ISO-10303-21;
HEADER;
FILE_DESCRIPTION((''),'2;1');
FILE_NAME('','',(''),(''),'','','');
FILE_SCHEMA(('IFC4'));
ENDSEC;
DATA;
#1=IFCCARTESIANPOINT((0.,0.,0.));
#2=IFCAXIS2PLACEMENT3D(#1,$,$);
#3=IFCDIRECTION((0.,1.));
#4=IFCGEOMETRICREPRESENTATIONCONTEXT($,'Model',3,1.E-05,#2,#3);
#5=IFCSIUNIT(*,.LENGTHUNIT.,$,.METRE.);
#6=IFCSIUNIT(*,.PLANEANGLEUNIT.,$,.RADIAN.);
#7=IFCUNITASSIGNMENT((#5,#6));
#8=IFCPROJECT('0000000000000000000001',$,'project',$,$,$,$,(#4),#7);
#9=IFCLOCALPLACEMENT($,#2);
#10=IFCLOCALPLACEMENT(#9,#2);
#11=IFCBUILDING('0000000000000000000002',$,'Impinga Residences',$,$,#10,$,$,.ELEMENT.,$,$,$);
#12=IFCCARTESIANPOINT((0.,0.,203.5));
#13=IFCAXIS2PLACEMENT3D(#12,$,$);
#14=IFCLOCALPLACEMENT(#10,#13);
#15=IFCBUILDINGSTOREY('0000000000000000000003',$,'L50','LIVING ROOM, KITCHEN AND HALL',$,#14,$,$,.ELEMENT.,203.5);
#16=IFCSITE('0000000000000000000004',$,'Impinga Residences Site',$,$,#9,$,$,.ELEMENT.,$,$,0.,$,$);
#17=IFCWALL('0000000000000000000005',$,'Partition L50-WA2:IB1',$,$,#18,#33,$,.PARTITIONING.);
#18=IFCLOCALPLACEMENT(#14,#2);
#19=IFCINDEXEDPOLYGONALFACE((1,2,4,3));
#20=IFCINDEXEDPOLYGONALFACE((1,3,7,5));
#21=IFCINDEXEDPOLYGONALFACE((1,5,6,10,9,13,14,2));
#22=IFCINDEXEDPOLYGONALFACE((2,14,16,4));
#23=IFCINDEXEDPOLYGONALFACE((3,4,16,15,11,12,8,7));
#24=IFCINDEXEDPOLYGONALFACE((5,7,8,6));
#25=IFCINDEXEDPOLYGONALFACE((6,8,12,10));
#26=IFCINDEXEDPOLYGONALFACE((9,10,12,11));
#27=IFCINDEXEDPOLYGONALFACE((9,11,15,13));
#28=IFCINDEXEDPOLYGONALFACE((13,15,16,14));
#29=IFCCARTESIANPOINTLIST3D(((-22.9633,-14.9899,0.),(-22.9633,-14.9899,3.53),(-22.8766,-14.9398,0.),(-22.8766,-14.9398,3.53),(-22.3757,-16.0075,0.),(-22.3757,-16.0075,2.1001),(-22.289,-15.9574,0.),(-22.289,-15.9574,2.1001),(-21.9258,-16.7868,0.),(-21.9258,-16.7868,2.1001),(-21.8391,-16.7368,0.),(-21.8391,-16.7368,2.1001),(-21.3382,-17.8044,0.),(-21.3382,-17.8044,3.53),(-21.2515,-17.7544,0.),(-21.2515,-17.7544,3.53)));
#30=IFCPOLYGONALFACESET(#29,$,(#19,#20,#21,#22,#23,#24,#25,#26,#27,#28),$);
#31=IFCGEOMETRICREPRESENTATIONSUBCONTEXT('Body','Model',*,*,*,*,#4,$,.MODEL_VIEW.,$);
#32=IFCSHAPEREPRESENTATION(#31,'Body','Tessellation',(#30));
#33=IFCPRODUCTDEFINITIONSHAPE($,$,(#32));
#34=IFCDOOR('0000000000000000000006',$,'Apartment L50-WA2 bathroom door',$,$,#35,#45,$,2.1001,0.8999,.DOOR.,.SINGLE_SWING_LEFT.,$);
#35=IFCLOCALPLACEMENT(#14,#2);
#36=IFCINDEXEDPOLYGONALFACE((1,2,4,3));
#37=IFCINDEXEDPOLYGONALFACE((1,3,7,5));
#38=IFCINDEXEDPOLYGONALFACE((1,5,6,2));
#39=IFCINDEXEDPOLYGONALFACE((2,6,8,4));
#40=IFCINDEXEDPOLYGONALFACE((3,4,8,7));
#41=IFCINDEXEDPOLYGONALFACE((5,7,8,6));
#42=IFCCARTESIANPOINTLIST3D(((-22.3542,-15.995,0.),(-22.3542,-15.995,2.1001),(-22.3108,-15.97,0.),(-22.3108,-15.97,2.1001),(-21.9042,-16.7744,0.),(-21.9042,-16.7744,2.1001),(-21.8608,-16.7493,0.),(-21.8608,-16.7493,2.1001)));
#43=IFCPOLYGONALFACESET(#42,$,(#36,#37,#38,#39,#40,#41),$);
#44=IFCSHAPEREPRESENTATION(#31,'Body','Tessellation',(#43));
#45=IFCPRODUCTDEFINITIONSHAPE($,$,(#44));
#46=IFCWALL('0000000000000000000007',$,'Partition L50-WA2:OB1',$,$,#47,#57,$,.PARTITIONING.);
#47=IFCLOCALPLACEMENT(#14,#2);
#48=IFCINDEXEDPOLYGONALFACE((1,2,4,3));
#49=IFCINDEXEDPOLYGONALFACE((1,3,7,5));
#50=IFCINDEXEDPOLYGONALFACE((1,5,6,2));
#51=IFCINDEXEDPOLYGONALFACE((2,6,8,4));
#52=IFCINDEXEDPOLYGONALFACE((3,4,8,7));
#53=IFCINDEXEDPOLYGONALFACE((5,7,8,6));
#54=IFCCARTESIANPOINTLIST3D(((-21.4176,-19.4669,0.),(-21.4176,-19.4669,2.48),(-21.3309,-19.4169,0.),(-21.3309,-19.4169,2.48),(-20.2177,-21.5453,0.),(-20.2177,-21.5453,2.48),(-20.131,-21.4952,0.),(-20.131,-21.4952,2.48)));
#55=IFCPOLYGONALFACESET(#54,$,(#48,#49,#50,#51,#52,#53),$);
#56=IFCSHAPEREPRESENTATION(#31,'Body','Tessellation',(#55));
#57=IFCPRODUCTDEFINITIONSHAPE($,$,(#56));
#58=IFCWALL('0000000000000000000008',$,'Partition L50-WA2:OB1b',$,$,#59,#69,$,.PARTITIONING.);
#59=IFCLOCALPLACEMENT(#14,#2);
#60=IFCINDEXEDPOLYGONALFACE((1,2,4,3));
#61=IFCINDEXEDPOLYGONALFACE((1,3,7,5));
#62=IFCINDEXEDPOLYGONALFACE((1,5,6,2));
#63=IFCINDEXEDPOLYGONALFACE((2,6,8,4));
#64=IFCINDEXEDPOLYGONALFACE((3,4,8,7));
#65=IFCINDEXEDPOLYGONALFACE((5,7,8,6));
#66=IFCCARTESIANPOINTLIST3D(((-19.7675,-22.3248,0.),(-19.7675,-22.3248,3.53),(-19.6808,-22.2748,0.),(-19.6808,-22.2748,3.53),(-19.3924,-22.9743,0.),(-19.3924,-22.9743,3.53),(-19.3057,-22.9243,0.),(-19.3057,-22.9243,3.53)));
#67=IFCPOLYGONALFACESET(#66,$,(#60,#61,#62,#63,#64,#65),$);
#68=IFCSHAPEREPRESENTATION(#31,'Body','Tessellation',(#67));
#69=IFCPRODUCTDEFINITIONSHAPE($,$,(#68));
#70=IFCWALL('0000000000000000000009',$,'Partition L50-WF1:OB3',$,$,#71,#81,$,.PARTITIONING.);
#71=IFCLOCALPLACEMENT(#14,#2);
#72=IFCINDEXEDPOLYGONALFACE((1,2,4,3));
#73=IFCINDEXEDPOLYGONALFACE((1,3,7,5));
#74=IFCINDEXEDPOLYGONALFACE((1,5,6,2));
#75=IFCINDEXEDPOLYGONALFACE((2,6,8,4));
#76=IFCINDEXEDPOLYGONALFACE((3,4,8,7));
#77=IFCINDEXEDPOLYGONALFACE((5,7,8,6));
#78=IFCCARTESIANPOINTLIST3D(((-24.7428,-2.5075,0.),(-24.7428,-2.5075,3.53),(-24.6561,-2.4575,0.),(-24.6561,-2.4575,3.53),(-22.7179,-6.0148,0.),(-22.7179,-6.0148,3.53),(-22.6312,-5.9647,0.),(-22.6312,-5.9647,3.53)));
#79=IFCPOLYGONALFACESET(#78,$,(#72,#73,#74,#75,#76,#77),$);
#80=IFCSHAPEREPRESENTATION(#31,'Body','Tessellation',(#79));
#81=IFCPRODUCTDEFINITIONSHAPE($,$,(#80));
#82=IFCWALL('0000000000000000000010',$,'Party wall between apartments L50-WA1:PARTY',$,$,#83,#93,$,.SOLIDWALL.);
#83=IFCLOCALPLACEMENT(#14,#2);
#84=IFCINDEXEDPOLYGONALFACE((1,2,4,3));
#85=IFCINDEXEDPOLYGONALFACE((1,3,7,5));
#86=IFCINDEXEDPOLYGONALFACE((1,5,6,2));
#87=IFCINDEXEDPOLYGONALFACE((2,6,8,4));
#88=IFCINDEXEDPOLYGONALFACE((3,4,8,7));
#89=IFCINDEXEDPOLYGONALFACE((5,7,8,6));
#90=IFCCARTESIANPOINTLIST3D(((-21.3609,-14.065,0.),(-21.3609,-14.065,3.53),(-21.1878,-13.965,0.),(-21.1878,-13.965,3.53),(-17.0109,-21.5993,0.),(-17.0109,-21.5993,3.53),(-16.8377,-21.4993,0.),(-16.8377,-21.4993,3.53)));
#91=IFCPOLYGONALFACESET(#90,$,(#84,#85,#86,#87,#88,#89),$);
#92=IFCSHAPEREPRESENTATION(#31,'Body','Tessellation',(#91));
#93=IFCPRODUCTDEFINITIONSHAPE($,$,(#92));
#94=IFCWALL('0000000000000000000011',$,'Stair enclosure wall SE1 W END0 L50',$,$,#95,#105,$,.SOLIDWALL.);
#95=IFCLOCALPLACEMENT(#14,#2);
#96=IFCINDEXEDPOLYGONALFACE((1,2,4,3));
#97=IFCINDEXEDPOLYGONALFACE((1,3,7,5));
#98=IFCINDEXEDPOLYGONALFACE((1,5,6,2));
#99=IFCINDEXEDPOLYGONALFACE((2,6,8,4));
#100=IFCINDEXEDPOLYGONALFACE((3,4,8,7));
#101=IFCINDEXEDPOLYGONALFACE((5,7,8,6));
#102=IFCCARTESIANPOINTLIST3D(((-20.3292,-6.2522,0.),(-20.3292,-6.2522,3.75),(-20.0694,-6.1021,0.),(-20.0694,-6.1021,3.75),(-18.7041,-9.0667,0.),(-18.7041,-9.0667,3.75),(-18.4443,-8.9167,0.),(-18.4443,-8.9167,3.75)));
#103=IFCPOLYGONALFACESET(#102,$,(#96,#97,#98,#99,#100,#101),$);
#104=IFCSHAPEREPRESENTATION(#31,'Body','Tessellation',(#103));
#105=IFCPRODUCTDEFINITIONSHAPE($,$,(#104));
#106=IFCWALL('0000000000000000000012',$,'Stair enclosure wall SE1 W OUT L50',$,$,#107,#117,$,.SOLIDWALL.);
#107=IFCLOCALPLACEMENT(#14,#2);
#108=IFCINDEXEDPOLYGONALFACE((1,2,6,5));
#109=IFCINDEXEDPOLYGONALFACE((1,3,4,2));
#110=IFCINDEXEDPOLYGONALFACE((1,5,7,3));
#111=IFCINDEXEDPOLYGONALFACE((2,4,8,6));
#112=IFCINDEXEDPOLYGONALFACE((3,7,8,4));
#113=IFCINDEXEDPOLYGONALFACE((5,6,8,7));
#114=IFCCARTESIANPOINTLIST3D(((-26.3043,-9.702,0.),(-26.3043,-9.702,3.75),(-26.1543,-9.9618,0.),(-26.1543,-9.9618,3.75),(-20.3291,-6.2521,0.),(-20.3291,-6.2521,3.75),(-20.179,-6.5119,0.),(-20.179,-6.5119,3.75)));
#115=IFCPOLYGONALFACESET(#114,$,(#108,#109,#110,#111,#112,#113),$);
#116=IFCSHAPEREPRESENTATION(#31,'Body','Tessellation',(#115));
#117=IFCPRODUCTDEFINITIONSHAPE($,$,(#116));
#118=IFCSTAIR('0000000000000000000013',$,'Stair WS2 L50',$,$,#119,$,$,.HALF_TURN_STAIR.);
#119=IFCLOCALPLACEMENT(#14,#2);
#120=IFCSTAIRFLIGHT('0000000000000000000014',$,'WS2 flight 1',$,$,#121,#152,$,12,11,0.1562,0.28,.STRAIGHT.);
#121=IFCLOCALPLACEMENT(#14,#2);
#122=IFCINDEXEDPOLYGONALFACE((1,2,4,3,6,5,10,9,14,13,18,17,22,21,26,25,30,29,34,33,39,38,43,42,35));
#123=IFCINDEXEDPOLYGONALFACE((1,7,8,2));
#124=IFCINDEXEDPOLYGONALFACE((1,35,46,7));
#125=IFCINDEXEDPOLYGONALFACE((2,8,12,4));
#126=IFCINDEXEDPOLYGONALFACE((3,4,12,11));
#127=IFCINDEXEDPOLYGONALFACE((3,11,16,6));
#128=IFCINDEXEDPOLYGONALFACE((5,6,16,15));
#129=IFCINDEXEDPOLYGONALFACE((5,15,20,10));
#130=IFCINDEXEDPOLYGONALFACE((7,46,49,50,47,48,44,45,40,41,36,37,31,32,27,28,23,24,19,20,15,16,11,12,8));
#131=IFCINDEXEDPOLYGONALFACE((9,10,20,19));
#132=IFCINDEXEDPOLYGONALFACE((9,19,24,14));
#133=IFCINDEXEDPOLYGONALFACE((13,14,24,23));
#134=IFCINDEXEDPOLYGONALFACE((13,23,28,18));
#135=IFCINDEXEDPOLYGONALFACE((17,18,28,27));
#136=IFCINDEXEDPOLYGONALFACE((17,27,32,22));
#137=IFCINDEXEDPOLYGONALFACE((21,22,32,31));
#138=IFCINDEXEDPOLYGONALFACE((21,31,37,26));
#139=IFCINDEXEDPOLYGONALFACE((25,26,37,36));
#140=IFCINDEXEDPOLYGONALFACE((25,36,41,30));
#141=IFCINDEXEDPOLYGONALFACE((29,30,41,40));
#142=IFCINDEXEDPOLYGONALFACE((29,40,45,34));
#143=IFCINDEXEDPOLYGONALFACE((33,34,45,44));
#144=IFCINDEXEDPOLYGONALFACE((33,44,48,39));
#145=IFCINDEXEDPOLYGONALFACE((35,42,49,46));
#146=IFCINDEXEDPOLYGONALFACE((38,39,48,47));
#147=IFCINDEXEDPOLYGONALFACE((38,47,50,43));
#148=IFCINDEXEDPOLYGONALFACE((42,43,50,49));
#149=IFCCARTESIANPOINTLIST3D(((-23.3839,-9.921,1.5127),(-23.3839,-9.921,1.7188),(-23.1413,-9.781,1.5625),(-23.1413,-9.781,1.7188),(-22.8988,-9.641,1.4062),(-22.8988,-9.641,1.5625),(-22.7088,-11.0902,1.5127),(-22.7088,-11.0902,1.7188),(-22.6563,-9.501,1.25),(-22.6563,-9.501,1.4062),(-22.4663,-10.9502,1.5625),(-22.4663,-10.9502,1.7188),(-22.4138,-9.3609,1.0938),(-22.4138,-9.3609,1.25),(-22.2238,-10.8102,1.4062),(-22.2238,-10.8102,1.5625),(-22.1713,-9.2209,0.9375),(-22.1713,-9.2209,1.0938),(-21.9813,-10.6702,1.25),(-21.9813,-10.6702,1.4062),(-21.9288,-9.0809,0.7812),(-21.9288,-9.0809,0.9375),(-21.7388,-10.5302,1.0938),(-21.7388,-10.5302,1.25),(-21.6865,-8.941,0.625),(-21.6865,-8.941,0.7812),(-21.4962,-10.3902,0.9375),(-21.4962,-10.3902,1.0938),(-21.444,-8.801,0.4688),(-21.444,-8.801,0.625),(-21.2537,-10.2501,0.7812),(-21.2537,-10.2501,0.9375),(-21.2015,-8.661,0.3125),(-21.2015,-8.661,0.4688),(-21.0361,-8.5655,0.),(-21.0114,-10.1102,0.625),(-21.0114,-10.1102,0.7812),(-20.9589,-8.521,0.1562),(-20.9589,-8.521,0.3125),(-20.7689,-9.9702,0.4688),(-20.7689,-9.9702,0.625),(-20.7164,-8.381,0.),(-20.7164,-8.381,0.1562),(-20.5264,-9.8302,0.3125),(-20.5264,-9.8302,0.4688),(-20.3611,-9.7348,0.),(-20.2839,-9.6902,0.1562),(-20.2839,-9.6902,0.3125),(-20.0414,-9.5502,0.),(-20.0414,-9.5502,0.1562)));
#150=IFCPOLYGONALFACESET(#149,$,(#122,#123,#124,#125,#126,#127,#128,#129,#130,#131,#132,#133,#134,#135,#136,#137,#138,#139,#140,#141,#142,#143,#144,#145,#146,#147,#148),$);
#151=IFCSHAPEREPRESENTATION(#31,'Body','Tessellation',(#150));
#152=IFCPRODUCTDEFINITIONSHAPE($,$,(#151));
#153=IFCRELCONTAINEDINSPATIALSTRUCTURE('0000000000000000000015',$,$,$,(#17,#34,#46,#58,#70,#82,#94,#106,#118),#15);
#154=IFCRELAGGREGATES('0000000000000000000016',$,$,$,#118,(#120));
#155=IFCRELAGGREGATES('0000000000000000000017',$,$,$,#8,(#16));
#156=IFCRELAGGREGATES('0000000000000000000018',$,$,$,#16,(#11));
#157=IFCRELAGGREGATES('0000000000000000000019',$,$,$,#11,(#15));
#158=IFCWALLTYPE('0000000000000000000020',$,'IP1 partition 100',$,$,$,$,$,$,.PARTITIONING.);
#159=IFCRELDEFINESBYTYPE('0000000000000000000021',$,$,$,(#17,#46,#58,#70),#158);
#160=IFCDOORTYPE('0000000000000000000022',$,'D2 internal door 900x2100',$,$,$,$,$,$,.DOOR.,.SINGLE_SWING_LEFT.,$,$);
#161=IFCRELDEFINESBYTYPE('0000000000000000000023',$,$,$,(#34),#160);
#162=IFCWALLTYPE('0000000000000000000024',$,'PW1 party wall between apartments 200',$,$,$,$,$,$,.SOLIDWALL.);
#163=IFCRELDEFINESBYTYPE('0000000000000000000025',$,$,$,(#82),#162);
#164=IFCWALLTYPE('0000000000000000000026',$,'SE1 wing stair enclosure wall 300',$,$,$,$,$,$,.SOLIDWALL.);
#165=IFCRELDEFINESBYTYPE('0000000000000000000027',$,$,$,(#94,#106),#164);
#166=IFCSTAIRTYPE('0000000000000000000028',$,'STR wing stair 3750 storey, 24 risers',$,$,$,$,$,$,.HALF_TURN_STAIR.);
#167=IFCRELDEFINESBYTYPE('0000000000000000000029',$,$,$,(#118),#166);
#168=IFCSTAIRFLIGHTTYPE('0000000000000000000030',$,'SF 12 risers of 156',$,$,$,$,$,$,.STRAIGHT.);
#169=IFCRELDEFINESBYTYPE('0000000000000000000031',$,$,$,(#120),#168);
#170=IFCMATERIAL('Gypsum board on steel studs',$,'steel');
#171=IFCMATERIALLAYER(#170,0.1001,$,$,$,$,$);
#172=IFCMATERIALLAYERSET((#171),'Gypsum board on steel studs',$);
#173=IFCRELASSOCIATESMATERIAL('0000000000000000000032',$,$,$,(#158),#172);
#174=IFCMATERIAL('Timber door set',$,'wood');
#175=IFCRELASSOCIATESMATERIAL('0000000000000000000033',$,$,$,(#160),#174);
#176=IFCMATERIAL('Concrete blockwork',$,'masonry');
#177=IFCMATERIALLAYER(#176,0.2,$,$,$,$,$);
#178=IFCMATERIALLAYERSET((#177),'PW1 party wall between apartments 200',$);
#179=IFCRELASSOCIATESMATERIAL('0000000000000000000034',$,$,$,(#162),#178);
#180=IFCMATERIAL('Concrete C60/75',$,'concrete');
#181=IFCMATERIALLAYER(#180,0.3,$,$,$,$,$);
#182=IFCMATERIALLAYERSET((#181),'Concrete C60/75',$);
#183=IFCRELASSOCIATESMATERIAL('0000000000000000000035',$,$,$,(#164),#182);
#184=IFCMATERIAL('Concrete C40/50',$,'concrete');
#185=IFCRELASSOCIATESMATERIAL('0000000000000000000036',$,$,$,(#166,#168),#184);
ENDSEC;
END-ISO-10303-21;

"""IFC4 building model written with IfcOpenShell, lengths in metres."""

from ifc_helpers import new_model, si_unit, direction, frame, frame_2d, origin, place, context, subcontext, project, spatial, polyline, rectangle, outline, extrude, material, layer, layer_set, type_object, element, fill, aggregate, save


model = new_model("IFC4")

# Units and contexts
model_context = context("Model", 3, precision=1e-05, world=origin(), true_north=direction((0.0, 1.0)))
body_context = subcontext(model_context, "Body", "Model", "MODEL_VIEW")
ifc_project = project(units=[si_unit("LENGTHUNIT", "METRE"), si_unit("PLANEANGLEUNIT", "RADIAN")], contexts=[model_context])

# Site, building, storey
site_placement = place(None, origin())
site = spatial("IfcSite", under=ifc_project, at=site_placement, Name="Impinga Residences Site", CompositionType="ELEMENT", RefElevation=0.0)
building_placement = place(site_placement, origin())
building = spatial("IfcBuilding", under=site, at=building_placement, Name="Impinga Residences", CompositionType="ELEMENT")
storey_placement = place(building_placement, frame((0.0, 0.0, 203.5)))
storey = spatial("IfcBuildingStorey", under=building, at=storey_placement, Name="L50", Description="LIVING ROOM, KITCHEN AND HALL", CompositionType="ELEMENT", Elevation=203.5)

# Shared definitions
ifc_material_1 = material(Name="Concrete C60/75", Category="concrete")

# Shared definitions
ifc_material_2 = material(Name="Gypsum board on steel studs", Category="steel")
ifc_layer_1 = layer(ifc_material_2, 0.1001)
ifc_layer_set_1 = layer_set([ifc_layer_1], Name="Gypsum board on steel studs")
wall_type_1 = type_object("IfcWallType", Name="IP1 partition 100", PredefinedType="PARTITIONING", material=ifc_layer_set_1)

# Shared definitions
ifc_material_3 = material(Name="Timber door set", Category="wood")
door_type = type_object("IfcDoorType", Name="D2 internal door 900x2100", OperationType="SINGLE_SWING_LEFT", PredefinedType="DOOR", material=ifc_material_3)

# Wall, opening, door
wall_1_placement = place(storey_placement, frame((-22.9199, -14.9648, 0.0), z_axis=(0.0, 0.0, 1.0), x_axis=(0.500017, -0.866015, 0.0)))
wall_1 = element("IfcWall", 1, at=wall_1_placement, inside=storey, type_object=wall_type_1, Name="Partition L50-WA2:IB1", PredefinedType="PARTITIONING", context=body_context, shape_type="SweptSolid", body=[
    extrude(rectangle(XDim=3.25, YDim=0.1001, at=frame_2d((1.625, 0.0))), origin(), (0.0, 0.0, 1.0), 3.53),
])
opening_1_placement = place(wall_1_placement, frame((1.175, 0.0, 0.0)))
opening_1 = element("IfcOpeningElement", 2, at=opening_1_placement, cuts=wall_1, PredefinedType="OPENING", context=body_context, shape_type="SweptSolid", body=[
    extrude(rectangle(XDim=0.8999, YDim=2.1001, at=frame_2d((0.45, 1.05))), frame((0.0, 0.0601, 0.0), z_axis=(0.0, -1.0, 0.0), x_axis=(1.0, 0.0, 0.0)), (0.0, 0.0, 1.0), 0.1201),
])
door_1_placement = place(opening_1_placement, origin())
door_1 = element("IfcDoor", 3, at=door_1_placement, inside=storey, type_object=door_type, Name="Apartment L50-WA2 bathroom door", OperationType="SINGLE_SWING_LEFT", OverallHeight=2.1001, OverallWidth=0.8999, PredefinedType="DOOR", context=body_context, shape_type="SweptSolid", body=[
    extrude(rectangle(XDim=0.8999, YDim=2.1001, at=frame_2d((0.45, 1.05))), frame((0.0, 0.0249, 0.0), z_axis=(0.0, -1.0, 0.0), x_axis=(1.0, 0.0, 0.0)), (0.0, 0.0, 1.0), 0.05),
])
fill(opening_1, door_1)

# Walls
wall_2_placement = place(storey_placement, frame((-21.3743, -19.4419, 0.0), z_axis=(0.0, 0.0, 1.0), x_axis=(0.500001, -0.866025, 0.0)))
element("IfcWall", 4, at=wall_2_placement, inside=storey, type_object=wall_type_1, Name="Partition L50-WA2:OB1", PredefinedType="PARTITIONING", context=body_context, shape_type="SweptSolid", body=[
    extrude(rectangle(XDim=2.3999, YDim=0.1001, at=frame_2d((1.2, 0.0))), origin(), (0.0, 0.0, 1.0), 2.48),
])
wall_3_placement = place(storey_placement, frame((-19.7241, -22.2998, 0.0), z_axis=(0.0, 0.0, 1.0), x_axis=(0.500061, -0.86599, 0.0)))
element("IfcWall", 5, at=wall_3_placement, inside=storey, type_object=wall_type_1, Name="Partition L50-WA2:OB1b", PredefinedType="PARTITIONING", context=body_context, shape_type="SweptSolid", body=[
    extrude(rectangle(XDim=0.75, YDim=0.1001, at=frame_2d((0.375, 0.0))), origin(), (0.0, 0.0, 1.0), 3.53),
])
wall_4_placement = place(storey_placement, frame((-22.6746, -5.9897, 0.0), z_axis=(0.0, 0.0, 1.0), x_axis=(-0.49999, 0.866031, 0.0)))
element("IfcWall", 6, at=wall_4_placement, inside=storey, type_object=wall_type_1, Name="Partition L50-WF1:OB3", PredefinedType="PARTITIONING", context=body_context, shape_type="SweptSolid", body=[
    extrude(rectangle(XDim=4.0498, YDim=0.1001, at=frame_2d((2.0249, 0.0))), origin(), (0.0, 0.0, 1.0), 3.53),
])
ifc_material_4 = material(Name="Concrete blockwork", Category="masonry")
ifc_layer_2 = layer(ifc_material_4, 0.2)
ifc_layer_set_2 = layer_set([ifc_layer_2], Name="PW1 party wall between apartments 200")
wall_type_2 = type_object("IfcWallType", Name="PW1 party wall between apartments 200", PredefinedType="SOLIDWALL", material=ifc_layer_set_2)
wall_5_placement = place(storey_placement, frame((-21.2744, -14.0149, 0.0), z_axis=(0.0, 0.0, 1.0), x_axis=(0.500008, -0.866021, 0.0)))
element("IfcWall", 7, at=wall_5_placement, inside=storey, type_object=wall_type_2, Name="Party wall between apartments L50-WA1:PARTY", PredefinedType="SOLIDWALL", context=body_context, shape_type="SweptSolid", body=[
    extrude(rectangle(XDim=8.7, YDim=0.2, at=frame_2d((4.3501, 0.0))), origin(), (0.0, 0.0, 1.0), 3.53),
])
ifc_layer_3 = layer(ifc_material_1, 0.3)
ifc_layer_set_3 = layer_set([ifc_layer_3], Name="Concrete C60/75")
wall_type_3 = type_object("IfcWallType", Name="SE1 wing stair enclosure wall 300", PredefinedType="SOLIDWALL", material=ifc_layer_set_3)
wall_6_placement = place(storey_placement, frame((-18.5742, -8.9917, 0.0), z_axis=(0.0, 0.0, 1.0), x_axis=(-0.500017, 0.866015, 0.0)))
element("IfcWall", 8, at=wall_6_placement, inside=storey, type_object=wall_type_3, Name="Stair enclosure wall SE1 W END0 L50", PredefinedType="SOLIDWALL", context=body_context, shape_type="SweptSolid", body=[
    extrude(rectangle(XDim=3.25, YDim=0.3, at=frame_2d((1.625, 0.0))), origin(), (0.0, 0.0, 1.0), 3.75),
])
wall_7_placement = place(storey_placement, frame((-20.2542, -6.3821, 0.0), z_axis=(0.0, 0.0, 1.0), x_axis=(-0.86602, -0.500009, 0.0)))
element("IfcWall", 9, at=wall_7_placement, inside=storey, type_object=wall_type_3, Name="Stair enclosure wall SE1 W OUT L50", PredefinedType="SOLIDWALL", context=body_context, shape_type="SweptSolid", body=[
    extrude(rectangle(XDim=6.8997, YDim=0.3, at=frame_2d((3.4497, 0.0))), origin(), (0.0, 0.0, 1.0), 3.75),
])

# Stair, stair flight
ifc_material_5 = material(Name="Concrete C40/50", Category="concrete")
stair_type = type_object("IfcStairType", Name="STR wing stair 3750 storey, 24 risers", PredefinedType="HALF_TURN_STAIR", material=ifc_material_5)
stair_placement = place(storey_placement, origin())
stair = element("IfcStair", 10, at=stair_placement, inside=storey, type_object=stair_type, Name="Stair WS2 L50", PredefinedType="HALF_TURN_STAIR")
stair_flight_type = type_object("IfcStairFlightType", Name="SF 12 risers of 156", PredefinedType="STRAIGHT", material=ifc_material_5)
stair_flight_placement = place(storey_placement, frame((-20.3789, -8.9656, 0.0), z_axis=(0.0, 0.0, 1.0), x_axis=(-0.866025, -0.5, 0.0)))
stair_flight = element("IfcStairFlight", 11, at=stair_flight_placement, type_object=stair_flight_type, Name="WS2 flight 1", NumberOfRisers=12, NumberOfTreads=11, PredefinedType="STRAIGHT", RiserHeight=0.1562, TreadLength=0.28, context=body_context, shape_type="SweptSolid", body=[
    extrude(outline(polyline([(0.0, 0.0), (0.0, 0.1562), (0.28, 0.1562), (0.28, 0.3125), (0.5601, 0.3125), (0.5601, 0.4688), (0.8401, 0.4688), (0.8401, 0.625), (1.1201, 0.625), (1.1201, 0.7812), (1.3999, 0.7812), (1.3999, 0.9375), (1.6799, 0.9375), (1.6799, 1.0938), (1.96, 1.0938), (1.96, 1.25), (2.24, 1.25), (2.24, 1.4062), (2.52, 1.4062), (2.52, 1.5625), (2.8, 1.5625), (2.8, 1.7188), (3.0801, 1.7188), (3.0801, 1.875), (3.0801, 1.5127), (0.3691, 0.0), (0.0, 0.0)])), frame((0.0, 0.675, 0.0), z_axis=(0.0, -1.0, 0.0), x_axis=(1.0, 0.0, 0.0)), (0.0, 0.0, 1.0), 1.3501),
])
aggregate(stair, [stair_flight])

save(model, "model.ifc")
